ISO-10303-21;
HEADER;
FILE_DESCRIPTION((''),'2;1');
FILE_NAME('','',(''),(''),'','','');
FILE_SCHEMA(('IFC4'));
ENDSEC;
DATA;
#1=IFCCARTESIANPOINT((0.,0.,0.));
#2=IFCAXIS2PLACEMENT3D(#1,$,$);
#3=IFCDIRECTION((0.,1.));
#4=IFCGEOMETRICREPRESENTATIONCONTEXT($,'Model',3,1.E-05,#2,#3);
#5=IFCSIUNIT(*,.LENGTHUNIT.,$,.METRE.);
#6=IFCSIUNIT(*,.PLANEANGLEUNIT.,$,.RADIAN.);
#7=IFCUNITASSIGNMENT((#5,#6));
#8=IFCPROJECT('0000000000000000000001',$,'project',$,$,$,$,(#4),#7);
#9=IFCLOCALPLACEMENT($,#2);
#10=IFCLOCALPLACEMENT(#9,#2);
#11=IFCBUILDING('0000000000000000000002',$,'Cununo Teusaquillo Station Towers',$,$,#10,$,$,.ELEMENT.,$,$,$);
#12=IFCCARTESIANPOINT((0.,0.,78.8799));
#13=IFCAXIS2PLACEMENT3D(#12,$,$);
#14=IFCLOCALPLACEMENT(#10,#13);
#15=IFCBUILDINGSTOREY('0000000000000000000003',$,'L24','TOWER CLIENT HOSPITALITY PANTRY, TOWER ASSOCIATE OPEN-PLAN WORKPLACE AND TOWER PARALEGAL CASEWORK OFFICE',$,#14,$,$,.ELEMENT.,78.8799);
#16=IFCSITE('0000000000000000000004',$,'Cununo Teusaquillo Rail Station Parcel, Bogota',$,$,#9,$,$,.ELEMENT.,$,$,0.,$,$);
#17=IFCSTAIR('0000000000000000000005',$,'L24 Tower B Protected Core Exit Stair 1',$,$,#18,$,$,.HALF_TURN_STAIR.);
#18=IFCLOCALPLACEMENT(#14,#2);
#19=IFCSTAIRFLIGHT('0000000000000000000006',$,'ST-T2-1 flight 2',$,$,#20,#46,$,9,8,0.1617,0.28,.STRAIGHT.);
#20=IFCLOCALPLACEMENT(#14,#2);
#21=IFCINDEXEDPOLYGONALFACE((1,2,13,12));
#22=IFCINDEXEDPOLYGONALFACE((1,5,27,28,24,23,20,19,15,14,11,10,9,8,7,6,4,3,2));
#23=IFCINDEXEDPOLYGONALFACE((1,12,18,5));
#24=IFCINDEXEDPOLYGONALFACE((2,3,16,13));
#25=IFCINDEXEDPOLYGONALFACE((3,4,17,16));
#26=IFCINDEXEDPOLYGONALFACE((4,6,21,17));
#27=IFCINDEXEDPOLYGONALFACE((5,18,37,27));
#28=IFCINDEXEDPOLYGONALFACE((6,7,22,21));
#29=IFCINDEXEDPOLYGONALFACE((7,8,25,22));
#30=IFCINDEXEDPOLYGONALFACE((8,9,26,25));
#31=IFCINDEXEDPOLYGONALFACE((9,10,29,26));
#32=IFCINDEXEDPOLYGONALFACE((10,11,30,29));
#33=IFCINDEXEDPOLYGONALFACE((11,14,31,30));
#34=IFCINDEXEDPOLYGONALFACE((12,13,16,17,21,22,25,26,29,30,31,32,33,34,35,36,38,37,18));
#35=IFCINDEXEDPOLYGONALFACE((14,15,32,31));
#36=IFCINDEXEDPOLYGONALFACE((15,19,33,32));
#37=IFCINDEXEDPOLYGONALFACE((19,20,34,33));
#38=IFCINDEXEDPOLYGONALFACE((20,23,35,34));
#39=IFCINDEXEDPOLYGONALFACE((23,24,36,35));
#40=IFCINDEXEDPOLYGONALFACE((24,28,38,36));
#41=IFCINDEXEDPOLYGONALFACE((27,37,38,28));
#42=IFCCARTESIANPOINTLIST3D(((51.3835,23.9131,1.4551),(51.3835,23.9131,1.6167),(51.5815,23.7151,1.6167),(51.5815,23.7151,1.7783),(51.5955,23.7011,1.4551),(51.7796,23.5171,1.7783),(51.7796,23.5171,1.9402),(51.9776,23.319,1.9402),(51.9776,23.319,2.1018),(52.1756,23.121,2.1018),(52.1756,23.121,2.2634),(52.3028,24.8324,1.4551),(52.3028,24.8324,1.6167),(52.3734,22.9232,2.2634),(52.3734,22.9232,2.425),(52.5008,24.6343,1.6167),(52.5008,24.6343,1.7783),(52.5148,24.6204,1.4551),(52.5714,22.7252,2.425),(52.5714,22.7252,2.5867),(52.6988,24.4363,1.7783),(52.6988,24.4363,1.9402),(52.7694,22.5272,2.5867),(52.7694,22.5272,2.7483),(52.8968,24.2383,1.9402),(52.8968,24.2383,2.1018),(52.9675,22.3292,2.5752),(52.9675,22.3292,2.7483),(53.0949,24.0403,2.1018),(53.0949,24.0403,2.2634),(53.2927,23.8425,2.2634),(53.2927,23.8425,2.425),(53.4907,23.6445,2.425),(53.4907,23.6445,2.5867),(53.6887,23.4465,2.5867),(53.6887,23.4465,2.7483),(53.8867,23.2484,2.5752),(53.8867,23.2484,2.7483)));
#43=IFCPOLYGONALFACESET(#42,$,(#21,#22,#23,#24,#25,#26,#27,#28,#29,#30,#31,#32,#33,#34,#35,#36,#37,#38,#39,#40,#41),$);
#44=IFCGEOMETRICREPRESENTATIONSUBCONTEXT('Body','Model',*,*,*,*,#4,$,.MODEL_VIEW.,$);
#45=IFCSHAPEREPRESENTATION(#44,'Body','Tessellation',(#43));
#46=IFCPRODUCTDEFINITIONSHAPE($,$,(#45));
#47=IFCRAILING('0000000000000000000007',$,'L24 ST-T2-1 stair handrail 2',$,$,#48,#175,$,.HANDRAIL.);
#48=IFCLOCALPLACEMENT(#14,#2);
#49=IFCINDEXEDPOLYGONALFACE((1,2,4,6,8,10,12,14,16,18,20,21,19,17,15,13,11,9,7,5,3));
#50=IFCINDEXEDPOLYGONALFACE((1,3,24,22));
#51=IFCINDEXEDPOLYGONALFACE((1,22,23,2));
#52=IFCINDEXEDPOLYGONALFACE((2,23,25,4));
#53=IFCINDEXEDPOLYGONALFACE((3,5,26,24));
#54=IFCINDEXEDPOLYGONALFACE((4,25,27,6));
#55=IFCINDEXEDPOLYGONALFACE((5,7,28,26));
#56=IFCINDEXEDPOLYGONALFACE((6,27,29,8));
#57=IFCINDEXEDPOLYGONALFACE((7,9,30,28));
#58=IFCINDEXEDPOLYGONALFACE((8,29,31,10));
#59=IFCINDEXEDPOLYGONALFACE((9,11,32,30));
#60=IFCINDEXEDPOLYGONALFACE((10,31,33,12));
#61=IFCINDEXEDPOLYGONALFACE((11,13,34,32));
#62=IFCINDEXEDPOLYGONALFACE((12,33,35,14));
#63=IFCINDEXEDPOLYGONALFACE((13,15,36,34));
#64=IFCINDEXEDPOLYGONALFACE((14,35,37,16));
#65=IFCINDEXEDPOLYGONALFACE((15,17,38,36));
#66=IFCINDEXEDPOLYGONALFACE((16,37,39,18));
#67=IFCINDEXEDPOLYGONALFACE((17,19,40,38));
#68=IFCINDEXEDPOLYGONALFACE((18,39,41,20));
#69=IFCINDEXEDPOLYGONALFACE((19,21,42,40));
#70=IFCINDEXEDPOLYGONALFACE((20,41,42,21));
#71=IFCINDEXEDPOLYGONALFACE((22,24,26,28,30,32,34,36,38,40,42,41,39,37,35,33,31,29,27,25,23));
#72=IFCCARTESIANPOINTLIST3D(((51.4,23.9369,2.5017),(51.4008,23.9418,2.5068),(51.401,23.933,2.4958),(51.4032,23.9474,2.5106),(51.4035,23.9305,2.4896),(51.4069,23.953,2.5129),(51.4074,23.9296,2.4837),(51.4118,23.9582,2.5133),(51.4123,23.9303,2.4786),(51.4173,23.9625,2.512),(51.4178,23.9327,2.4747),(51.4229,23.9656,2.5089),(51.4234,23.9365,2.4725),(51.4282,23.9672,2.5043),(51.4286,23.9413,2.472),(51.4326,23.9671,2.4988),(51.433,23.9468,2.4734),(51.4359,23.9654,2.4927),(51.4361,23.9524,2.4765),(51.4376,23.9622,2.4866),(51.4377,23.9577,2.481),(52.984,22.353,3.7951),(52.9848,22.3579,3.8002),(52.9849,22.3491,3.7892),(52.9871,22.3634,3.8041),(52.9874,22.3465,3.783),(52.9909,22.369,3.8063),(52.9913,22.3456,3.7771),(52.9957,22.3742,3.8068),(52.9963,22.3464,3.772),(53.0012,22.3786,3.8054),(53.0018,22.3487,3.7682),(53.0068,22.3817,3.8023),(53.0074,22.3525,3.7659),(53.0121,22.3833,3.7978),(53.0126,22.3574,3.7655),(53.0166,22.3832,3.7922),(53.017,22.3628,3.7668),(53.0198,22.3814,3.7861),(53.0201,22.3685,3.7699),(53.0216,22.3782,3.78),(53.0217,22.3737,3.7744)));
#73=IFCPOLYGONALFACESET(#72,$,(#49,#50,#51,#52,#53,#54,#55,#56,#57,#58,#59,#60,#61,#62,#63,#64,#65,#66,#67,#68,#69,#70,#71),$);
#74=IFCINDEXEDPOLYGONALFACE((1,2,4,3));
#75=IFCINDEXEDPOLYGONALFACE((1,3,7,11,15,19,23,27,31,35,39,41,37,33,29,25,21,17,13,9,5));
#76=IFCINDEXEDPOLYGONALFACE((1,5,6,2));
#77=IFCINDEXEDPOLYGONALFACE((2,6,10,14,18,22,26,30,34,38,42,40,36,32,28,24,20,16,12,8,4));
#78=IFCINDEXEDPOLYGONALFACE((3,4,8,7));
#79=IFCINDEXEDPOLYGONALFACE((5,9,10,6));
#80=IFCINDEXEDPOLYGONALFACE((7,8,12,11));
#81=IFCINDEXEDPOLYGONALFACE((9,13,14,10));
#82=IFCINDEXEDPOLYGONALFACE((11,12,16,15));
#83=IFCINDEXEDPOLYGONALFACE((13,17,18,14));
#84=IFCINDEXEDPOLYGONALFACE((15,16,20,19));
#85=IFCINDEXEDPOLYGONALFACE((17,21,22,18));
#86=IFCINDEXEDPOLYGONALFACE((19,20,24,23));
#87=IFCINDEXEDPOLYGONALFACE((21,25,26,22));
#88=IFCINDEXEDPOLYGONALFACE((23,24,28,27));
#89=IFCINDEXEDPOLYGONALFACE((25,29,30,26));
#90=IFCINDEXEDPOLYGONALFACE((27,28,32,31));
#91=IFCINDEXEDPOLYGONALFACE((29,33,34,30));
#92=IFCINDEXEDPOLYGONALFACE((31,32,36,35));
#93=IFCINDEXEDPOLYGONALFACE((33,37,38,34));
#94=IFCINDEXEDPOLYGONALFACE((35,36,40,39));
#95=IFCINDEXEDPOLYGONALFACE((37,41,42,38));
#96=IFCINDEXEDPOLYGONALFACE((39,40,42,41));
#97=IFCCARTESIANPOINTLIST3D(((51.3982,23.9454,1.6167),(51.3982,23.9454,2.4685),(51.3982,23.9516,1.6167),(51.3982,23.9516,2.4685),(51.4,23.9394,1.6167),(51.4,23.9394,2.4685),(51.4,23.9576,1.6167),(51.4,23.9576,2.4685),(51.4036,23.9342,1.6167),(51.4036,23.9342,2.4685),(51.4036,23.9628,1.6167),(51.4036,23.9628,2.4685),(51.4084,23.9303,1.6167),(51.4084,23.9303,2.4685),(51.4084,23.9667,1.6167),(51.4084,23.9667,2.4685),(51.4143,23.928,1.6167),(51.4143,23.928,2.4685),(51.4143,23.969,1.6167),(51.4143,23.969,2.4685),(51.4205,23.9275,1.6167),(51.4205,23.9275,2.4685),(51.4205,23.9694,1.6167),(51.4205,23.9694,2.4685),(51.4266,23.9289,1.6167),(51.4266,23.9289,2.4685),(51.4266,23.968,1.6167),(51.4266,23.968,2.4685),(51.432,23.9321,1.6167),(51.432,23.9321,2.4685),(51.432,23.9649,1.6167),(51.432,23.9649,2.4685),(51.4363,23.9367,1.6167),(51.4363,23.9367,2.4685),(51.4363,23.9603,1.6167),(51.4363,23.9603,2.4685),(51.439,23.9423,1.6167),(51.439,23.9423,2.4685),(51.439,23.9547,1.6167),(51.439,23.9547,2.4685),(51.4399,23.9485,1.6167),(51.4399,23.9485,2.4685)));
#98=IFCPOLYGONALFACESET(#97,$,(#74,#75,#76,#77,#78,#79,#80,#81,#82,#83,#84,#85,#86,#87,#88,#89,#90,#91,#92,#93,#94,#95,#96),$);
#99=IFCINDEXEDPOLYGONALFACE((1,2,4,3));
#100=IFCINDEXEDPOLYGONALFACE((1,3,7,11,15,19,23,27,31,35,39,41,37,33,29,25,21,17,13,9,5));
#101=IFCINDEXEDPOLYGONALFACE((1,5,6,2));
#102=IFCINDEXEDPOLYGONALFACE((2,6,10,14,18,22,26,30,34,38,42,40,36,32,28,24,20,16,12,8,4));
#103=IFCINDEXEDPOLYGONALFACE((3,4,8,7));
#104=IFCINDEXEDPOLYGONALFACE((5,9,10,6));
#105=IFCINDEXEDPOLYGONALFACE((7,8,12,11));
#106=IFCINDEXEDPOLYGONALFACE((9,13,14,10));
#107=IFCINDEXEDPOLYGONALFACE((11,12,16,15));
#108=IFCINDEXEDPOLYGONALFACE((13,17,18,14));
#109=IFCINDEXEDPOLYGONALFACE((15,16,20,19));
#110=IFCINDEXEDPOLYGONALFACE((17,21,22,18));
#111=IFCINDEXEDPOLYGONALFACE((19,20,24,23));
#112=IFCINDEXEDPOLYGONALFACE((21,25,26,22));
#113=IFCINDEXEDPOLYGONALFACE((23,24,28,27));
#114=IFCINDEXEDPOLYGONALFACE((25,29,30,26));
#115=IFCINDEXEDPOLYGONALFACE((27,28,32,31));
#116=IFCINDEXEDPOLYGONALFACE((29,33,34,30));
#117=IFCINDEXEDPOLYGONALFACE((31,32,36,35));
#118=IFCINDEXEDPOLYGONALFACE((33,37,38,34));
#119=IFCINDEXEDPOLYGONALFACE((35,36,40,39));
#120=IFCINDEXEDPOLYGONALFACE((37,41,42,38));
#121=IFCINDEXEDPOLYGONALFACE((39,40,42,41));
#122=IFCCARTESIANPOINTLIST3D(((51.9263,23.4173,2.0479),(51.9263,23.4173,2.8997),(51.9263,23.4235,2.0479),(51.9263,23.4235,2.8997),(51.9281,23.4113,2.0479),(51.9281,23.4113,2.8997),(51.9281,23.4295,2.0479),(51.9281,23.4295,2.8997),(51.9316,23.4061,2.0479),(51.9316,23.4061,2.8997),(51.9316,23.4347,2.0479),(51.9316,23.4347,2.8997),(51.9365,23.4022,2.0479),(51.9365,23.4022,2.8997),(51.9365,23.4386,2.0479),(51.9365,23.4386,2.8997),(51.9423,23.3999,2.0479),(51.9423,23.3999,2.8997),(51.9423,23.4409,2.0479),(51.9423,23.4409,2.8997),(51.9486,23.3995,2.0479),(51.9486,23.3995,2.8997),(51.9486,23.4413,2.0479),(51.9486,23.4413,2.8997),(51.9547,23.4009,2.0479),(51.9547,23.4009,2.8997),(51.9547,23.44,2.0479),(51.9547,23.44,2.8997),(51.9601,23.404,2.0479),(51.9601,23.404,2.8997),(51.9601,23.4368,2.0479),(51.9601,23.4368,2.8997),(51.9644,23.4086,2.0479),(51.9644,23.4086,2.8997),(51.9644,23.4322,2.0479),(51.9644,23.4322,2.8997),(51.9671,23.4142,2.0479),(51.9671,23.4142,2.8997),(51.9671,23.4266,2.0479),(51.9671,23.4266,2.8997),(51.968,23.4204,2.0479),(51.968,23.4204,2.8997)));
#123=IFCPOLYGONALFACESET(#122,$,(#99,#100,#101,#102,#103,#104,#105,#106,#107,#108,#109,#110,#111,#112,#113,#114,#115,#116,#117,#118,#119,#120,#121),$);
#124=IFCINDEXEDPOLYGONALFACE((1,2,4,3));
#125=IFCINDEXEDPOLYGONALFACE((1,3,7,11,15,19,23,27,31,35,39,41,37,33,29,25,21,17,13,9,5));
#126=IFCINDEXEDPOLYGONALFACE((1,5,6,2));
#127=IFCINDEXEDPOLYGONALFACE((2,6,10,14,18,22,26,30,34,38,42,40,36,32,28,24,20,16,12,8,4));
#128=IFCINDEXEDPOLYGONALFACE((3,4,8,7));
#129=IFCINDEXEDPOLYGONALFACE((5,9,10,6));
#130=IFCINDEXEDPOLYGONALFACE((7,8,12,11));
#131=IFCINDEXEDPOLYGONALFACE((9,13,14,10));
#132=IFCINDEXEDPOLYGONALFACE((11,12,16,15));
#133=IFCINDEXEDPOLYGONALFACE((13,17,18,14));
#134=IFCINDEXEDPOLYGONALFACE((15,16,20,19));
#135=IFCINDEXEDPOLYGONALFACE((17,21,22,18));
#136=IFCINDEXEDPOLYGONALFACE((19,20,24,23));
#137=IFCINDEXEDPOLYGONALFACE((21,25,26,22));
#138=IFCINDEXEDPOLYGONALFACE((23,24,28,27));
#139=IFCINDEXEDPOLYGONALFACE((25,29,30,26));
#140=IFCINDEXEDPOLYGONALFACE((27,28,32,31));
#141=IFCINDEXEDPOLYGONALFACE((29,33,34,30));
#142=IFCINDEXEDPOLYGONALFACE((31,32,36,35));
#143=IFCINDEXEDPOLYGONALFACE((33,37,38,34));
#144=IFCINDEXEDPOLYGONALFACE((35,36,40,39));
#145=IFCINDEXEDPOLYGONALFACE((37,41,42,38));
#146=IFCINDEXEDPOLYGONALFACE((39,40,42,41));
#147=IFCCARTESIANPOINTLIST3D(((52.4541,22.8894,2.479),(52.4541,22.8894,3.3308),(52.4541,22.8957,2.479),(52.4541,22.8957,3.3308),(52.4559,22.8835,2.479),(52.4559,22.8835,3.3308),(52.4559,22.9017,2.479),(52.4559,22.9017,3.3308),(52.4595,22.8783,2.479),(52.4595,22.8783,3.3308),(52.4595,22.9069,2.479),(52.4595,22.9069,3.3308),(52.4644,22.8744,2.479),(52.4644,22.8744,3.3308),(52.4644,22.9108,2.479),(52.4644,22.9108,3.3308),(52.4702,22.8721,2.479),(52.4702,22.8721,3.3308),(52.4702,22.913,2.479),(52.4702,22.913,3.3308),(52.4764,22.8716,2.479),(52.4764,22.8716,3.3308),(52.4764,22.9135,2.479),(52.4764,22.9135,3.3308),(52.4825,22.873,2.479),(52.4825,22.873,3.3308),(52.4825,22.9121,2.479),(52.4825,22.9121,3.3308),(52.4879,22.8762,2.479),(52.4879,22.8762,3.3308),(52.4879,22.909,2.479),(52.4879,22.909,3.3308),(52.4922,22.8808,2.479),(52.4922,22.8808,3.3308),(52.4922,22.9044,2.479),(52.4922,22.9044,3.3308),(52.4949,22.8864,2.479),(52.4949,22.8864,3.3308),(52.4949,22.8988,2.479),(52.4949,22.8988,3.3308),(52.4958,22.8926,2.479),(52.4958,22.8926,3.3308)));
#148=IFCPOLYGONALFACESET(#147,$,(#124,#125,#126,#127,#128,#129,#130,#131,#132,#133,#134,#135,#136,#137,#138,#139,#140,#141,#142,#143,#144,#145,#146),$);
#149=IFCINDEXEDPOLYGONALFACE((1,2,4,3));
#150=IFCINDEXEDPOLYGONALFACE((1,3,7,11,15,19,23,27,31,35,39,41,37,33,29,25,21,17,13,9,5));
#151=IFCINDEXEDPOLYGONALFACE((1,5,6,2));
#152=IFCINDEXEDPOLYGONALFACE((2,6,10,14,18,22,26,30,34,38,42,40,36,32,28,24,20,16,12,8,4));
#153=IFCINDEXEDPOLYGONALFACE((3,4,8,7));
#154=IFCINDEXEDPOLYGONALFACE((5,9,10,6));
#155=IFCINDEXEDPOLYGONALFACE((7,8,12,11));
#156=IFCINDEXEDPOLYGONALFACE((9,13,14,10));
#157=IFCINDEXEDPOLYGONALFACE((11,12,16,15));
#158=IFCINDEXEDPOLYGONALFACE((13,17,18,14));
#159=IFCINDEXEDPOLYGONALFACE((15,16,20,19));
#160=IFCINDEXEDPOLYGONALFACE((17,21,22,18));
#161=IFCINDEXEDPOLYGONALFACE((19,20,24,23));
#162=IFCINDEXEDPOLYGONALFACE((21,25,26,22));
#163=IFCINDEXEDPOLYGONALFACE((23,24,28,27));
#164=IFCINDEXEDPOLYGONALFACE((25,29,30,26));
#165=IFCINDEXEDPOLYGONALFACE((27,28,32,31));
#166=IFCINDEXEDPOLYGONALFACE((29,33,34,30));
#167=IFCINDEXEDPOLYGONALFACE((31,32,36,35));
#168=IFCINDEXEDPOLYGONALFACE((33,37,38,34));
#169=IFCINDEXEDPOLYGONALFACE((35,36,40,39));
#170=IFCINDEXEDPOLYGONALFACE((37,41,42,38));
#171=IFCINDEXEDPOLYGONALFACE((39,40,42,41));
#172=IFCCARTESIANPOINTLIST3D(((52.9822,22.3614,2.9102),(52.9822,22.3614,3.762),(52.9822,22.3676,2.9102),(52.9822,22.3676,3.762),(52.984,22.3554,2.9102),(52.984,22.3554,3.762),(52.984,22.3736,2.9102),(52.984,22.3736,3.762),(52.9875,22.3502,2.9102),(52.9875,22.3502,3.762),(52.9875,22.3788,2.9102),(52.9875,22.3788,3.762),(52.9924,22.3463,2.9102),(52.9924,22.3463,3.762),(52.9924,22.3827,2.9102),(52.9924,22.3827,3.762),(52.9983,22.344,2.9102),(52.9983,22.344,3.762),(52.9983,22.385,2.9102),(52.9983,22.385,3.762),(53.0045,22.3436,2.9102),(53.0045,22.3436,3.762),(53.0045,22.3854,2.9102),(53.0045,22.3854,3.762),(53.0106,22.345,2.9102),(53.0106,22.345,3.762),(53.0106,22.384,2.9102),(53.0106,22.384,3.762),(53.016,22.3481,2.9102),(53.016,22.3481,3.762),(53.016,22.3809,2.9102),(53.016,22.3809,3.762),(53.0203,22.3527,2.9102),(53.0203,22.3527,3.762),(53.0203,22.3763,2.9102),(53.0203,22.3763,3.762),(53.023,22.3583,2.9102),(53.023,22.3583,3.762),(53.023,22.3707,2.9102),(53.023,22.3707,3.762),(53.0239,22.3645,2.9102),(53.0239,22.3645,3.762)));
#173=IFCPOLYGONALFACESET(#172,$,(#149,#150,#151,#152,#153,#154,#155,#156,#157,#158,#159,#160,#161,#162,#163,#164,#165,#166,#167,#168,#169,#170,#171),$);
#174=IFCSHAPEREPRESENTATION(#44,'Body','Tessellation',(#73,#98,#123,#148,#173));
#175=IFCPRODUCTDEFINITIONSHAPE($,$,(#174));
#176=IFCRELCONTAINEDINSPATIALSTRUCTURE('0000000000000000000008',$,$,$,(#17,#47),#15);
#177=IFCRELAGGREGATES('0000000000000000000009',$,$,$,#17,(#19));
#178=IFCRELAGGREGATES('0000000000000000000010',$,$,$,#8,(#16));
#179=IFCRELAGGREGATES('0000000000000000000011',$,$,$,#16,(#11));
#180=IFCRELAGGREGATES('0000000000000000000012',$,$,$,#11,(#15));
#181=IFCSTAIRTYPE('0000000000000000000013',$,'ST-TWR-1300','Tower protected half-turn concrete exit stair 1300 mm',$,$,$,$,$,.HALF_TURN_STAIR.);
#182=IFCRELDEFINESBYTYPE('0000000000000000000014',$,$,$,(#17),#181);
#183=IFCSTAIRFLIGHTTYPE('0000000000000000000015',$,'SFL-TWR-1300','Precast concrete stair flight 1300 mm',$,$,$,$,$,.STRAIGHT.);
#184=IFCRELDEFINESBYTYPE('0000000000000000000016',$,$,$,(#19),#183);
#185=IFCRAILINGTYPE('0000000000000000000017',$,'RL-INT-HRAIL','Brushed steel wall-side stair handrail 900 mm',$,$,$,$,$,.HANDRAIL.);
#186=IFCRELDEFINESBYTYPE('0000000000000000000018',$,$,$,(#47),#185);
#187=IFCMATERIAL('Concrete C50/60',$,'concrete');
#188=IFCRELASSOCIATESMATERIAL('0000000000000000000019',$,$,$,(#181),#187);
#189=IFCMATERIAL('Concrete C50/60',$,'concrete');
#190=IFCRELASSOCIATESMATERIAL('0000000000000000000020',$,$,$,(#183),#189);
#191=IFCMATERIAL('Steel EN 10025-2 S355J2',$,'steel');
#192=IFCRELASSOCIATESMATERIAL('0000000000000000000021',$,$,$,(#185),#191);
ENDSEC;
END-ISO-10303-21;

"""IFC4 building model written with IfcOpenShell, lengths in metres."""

from ifc_helpers import new_model, si_unit, direction, frame, origin, origin_2d, place, context, subcontext, project, spatial, polyline, circle, outline, extrude, material, type_object, element, aggregate, save


model = new_model("IFC4")

# Units and contexts
model_context = context("Model", 3, precision=1e-05, world=origin(), true_north=direction((0.0, 1.0)))
body_context = subcontext(model_context, "Body", "Model", "MODEL_VIEW")
ifc_project = project(units=[si_unit("LENGTHUNIT", "METRE"), si_unit("PLANEANGLEUNIT", "RADIAN")], contexts=[model_context])

# Site, building, storey
site_placement = place(None, origin())
site = spatial("IfcSite", under=ifc_project, at=site_placement, Name="Cununo Teusaquillo Rail Station Parcel, Bogota", CompositionType="ELEMENT", RefElevation=0.0)
building_placement = place(site_placement, origin())
building = spatial("IfcBuilding", under=site, at=building_placement, Name="Cununo Teusaquillo Station Towers", CompositionType="ELEMENT")
storey_placement = place(building_placement, frame((0.0, 0.0, 78.8799)))
storey = spatial("IfcBuildingStorey", under=building, at=storey_placement, Name="L24", Description="TOWER CLIENT HOSPITALITY PANTRY, TOWER ASSOCIATE OPEN-PLAN WORKPLACE AND TOWER PARALEGAL CASEWORK OFFICE", CompositionType="ELEMENT", Elevation=78.8799)

# Stair, stair flight
ifc_material_1 = material(Name="Concrete C50/60", Category="concrete")
stair_type = type_object("IfcStairType", Name="ST-TWR-1300", Description="Tower protected half-turn concrete exit stair 1300 mm", PredefinedType="HALF_TURN_STAIR", material=ifc_material_1)
stair_placement = place(storey_placement, origin())
stair = element("IfcStair", 1, at=stair_placement, inside=storey, type_object=stair_type, Name="L24 Tower B Protected Core Exit Stair 1", PredefinedType="HALF_TURN_STAIR")
ifc_material_2 = material(Name="Concrete C50/60", Category="concrete")
stair_flight_type = type_object("IfcStairFlightType", Name="SFL-TWR-1300", Description="Precast concrete stair flight 1300 mm", PredefinedType="STRAIGHT", material=ifc_material_2)
stair_flight_placement = place(storey_placement, frame((51.8433, 24.3728, 1.4551), z_axis=(0.0, 0.0, 1.0), x_axis=(0.707107, -0.707107, 0.0)))
stair_flight = element("IfcStairFlight", 2, at=stair_flight_placement, type_object=stair_flight_type, Name="ST-T2-1 flight 2", NumberOfRisers=9, NumberOfTreads=8, PredefinedType="STRAIGHT", RiserHeight=0.1617, TreadLength=0.28, context=body_context, shape_type="SweptSolid", body=[
    extrude(outline(polyline([(0.0, 0.0), (0.0, 0.1616), (0.28, 0.1616), (0.28, 0.3232), (0.5601, 0.3232), (0.5601, 0.4851), (0.8401, 0.4851), (0.8401, 0.6467), (1.1201, 0.6467), (1.1201, 0.8083), (1.3999, 0.8083), (1.3999, 0.97), (1.6799, 0.97), (1.6799, 1.1316), (1.96, 1.1316), (1.96, 1.2932), (2.24, 1.2932), (2.24, 1.4551), (2.24, 1.1201), (0.2998, 0.0), (0.0, 0.0)])), frame((0.0, 0.6499, 0.0), z_axis=(0.0, -1.0, 0.0), x_axis=(1.0, 0.0, 0.0)), (0.0, 0.0, 1.0), 1.3),
])
aggregate(stair, [stair_flight])

# Railing
ifc_material_3 = material(Name="Steel EN 10025-2 S355J2", Category="steel")
railing_type = type_object("IfcRailingType", Name="RL-INT-HRAIL", Description="Brushed steel wall-side stair handrail 900 mm", PredefinedType="HANDRAIL", material=ifc_material_3)
railing_placement = place(storey_placement, frame((51.4189, 23.9485, 1.6167)))
element("IfcRailing", 3, at=railing_placement, inside=storey, type_object=railing_type, Name="L24 ST-T2-1 stair handrail 2", PredefinedType="HANDRAIL", context=body_context, shape_type="SweptSolid", body=[
    extrude(circle(Radius=0.0239, at=origin_2d()), frame((0.0, 0.0, 0.876), z_axis=(0.612356, -0.612356, 0.50004), x_axis=(0.707107, 0.707107, 0.0)), (0.0, 0.0, 1.0), 2.5867),
    extrude(circle(Radius=0.021, at=origin_2d()), origin(), (0.0, 0.0, 1.0), 0.8518),
    extrude(circle(Radius=0.021, at=origin_2d()), frame((0.5281, -0.5281, 0.4312)), (0.0, 0.0, 1.0), 0.8518),
    extrude(circle(Radius=0.021, at=origin_2d()), frame((1.0559, -1.0559, 0.8623)), (0.0, 0.0, 1.0), 0.8518),
    extrude(circle(Radius=0.021, at=origin_2d()), frame((1.584, -1.584, 1.2935)), (0.0, 0.0, 1.0), 0.8518),
])

save(model, "model.ifc")
